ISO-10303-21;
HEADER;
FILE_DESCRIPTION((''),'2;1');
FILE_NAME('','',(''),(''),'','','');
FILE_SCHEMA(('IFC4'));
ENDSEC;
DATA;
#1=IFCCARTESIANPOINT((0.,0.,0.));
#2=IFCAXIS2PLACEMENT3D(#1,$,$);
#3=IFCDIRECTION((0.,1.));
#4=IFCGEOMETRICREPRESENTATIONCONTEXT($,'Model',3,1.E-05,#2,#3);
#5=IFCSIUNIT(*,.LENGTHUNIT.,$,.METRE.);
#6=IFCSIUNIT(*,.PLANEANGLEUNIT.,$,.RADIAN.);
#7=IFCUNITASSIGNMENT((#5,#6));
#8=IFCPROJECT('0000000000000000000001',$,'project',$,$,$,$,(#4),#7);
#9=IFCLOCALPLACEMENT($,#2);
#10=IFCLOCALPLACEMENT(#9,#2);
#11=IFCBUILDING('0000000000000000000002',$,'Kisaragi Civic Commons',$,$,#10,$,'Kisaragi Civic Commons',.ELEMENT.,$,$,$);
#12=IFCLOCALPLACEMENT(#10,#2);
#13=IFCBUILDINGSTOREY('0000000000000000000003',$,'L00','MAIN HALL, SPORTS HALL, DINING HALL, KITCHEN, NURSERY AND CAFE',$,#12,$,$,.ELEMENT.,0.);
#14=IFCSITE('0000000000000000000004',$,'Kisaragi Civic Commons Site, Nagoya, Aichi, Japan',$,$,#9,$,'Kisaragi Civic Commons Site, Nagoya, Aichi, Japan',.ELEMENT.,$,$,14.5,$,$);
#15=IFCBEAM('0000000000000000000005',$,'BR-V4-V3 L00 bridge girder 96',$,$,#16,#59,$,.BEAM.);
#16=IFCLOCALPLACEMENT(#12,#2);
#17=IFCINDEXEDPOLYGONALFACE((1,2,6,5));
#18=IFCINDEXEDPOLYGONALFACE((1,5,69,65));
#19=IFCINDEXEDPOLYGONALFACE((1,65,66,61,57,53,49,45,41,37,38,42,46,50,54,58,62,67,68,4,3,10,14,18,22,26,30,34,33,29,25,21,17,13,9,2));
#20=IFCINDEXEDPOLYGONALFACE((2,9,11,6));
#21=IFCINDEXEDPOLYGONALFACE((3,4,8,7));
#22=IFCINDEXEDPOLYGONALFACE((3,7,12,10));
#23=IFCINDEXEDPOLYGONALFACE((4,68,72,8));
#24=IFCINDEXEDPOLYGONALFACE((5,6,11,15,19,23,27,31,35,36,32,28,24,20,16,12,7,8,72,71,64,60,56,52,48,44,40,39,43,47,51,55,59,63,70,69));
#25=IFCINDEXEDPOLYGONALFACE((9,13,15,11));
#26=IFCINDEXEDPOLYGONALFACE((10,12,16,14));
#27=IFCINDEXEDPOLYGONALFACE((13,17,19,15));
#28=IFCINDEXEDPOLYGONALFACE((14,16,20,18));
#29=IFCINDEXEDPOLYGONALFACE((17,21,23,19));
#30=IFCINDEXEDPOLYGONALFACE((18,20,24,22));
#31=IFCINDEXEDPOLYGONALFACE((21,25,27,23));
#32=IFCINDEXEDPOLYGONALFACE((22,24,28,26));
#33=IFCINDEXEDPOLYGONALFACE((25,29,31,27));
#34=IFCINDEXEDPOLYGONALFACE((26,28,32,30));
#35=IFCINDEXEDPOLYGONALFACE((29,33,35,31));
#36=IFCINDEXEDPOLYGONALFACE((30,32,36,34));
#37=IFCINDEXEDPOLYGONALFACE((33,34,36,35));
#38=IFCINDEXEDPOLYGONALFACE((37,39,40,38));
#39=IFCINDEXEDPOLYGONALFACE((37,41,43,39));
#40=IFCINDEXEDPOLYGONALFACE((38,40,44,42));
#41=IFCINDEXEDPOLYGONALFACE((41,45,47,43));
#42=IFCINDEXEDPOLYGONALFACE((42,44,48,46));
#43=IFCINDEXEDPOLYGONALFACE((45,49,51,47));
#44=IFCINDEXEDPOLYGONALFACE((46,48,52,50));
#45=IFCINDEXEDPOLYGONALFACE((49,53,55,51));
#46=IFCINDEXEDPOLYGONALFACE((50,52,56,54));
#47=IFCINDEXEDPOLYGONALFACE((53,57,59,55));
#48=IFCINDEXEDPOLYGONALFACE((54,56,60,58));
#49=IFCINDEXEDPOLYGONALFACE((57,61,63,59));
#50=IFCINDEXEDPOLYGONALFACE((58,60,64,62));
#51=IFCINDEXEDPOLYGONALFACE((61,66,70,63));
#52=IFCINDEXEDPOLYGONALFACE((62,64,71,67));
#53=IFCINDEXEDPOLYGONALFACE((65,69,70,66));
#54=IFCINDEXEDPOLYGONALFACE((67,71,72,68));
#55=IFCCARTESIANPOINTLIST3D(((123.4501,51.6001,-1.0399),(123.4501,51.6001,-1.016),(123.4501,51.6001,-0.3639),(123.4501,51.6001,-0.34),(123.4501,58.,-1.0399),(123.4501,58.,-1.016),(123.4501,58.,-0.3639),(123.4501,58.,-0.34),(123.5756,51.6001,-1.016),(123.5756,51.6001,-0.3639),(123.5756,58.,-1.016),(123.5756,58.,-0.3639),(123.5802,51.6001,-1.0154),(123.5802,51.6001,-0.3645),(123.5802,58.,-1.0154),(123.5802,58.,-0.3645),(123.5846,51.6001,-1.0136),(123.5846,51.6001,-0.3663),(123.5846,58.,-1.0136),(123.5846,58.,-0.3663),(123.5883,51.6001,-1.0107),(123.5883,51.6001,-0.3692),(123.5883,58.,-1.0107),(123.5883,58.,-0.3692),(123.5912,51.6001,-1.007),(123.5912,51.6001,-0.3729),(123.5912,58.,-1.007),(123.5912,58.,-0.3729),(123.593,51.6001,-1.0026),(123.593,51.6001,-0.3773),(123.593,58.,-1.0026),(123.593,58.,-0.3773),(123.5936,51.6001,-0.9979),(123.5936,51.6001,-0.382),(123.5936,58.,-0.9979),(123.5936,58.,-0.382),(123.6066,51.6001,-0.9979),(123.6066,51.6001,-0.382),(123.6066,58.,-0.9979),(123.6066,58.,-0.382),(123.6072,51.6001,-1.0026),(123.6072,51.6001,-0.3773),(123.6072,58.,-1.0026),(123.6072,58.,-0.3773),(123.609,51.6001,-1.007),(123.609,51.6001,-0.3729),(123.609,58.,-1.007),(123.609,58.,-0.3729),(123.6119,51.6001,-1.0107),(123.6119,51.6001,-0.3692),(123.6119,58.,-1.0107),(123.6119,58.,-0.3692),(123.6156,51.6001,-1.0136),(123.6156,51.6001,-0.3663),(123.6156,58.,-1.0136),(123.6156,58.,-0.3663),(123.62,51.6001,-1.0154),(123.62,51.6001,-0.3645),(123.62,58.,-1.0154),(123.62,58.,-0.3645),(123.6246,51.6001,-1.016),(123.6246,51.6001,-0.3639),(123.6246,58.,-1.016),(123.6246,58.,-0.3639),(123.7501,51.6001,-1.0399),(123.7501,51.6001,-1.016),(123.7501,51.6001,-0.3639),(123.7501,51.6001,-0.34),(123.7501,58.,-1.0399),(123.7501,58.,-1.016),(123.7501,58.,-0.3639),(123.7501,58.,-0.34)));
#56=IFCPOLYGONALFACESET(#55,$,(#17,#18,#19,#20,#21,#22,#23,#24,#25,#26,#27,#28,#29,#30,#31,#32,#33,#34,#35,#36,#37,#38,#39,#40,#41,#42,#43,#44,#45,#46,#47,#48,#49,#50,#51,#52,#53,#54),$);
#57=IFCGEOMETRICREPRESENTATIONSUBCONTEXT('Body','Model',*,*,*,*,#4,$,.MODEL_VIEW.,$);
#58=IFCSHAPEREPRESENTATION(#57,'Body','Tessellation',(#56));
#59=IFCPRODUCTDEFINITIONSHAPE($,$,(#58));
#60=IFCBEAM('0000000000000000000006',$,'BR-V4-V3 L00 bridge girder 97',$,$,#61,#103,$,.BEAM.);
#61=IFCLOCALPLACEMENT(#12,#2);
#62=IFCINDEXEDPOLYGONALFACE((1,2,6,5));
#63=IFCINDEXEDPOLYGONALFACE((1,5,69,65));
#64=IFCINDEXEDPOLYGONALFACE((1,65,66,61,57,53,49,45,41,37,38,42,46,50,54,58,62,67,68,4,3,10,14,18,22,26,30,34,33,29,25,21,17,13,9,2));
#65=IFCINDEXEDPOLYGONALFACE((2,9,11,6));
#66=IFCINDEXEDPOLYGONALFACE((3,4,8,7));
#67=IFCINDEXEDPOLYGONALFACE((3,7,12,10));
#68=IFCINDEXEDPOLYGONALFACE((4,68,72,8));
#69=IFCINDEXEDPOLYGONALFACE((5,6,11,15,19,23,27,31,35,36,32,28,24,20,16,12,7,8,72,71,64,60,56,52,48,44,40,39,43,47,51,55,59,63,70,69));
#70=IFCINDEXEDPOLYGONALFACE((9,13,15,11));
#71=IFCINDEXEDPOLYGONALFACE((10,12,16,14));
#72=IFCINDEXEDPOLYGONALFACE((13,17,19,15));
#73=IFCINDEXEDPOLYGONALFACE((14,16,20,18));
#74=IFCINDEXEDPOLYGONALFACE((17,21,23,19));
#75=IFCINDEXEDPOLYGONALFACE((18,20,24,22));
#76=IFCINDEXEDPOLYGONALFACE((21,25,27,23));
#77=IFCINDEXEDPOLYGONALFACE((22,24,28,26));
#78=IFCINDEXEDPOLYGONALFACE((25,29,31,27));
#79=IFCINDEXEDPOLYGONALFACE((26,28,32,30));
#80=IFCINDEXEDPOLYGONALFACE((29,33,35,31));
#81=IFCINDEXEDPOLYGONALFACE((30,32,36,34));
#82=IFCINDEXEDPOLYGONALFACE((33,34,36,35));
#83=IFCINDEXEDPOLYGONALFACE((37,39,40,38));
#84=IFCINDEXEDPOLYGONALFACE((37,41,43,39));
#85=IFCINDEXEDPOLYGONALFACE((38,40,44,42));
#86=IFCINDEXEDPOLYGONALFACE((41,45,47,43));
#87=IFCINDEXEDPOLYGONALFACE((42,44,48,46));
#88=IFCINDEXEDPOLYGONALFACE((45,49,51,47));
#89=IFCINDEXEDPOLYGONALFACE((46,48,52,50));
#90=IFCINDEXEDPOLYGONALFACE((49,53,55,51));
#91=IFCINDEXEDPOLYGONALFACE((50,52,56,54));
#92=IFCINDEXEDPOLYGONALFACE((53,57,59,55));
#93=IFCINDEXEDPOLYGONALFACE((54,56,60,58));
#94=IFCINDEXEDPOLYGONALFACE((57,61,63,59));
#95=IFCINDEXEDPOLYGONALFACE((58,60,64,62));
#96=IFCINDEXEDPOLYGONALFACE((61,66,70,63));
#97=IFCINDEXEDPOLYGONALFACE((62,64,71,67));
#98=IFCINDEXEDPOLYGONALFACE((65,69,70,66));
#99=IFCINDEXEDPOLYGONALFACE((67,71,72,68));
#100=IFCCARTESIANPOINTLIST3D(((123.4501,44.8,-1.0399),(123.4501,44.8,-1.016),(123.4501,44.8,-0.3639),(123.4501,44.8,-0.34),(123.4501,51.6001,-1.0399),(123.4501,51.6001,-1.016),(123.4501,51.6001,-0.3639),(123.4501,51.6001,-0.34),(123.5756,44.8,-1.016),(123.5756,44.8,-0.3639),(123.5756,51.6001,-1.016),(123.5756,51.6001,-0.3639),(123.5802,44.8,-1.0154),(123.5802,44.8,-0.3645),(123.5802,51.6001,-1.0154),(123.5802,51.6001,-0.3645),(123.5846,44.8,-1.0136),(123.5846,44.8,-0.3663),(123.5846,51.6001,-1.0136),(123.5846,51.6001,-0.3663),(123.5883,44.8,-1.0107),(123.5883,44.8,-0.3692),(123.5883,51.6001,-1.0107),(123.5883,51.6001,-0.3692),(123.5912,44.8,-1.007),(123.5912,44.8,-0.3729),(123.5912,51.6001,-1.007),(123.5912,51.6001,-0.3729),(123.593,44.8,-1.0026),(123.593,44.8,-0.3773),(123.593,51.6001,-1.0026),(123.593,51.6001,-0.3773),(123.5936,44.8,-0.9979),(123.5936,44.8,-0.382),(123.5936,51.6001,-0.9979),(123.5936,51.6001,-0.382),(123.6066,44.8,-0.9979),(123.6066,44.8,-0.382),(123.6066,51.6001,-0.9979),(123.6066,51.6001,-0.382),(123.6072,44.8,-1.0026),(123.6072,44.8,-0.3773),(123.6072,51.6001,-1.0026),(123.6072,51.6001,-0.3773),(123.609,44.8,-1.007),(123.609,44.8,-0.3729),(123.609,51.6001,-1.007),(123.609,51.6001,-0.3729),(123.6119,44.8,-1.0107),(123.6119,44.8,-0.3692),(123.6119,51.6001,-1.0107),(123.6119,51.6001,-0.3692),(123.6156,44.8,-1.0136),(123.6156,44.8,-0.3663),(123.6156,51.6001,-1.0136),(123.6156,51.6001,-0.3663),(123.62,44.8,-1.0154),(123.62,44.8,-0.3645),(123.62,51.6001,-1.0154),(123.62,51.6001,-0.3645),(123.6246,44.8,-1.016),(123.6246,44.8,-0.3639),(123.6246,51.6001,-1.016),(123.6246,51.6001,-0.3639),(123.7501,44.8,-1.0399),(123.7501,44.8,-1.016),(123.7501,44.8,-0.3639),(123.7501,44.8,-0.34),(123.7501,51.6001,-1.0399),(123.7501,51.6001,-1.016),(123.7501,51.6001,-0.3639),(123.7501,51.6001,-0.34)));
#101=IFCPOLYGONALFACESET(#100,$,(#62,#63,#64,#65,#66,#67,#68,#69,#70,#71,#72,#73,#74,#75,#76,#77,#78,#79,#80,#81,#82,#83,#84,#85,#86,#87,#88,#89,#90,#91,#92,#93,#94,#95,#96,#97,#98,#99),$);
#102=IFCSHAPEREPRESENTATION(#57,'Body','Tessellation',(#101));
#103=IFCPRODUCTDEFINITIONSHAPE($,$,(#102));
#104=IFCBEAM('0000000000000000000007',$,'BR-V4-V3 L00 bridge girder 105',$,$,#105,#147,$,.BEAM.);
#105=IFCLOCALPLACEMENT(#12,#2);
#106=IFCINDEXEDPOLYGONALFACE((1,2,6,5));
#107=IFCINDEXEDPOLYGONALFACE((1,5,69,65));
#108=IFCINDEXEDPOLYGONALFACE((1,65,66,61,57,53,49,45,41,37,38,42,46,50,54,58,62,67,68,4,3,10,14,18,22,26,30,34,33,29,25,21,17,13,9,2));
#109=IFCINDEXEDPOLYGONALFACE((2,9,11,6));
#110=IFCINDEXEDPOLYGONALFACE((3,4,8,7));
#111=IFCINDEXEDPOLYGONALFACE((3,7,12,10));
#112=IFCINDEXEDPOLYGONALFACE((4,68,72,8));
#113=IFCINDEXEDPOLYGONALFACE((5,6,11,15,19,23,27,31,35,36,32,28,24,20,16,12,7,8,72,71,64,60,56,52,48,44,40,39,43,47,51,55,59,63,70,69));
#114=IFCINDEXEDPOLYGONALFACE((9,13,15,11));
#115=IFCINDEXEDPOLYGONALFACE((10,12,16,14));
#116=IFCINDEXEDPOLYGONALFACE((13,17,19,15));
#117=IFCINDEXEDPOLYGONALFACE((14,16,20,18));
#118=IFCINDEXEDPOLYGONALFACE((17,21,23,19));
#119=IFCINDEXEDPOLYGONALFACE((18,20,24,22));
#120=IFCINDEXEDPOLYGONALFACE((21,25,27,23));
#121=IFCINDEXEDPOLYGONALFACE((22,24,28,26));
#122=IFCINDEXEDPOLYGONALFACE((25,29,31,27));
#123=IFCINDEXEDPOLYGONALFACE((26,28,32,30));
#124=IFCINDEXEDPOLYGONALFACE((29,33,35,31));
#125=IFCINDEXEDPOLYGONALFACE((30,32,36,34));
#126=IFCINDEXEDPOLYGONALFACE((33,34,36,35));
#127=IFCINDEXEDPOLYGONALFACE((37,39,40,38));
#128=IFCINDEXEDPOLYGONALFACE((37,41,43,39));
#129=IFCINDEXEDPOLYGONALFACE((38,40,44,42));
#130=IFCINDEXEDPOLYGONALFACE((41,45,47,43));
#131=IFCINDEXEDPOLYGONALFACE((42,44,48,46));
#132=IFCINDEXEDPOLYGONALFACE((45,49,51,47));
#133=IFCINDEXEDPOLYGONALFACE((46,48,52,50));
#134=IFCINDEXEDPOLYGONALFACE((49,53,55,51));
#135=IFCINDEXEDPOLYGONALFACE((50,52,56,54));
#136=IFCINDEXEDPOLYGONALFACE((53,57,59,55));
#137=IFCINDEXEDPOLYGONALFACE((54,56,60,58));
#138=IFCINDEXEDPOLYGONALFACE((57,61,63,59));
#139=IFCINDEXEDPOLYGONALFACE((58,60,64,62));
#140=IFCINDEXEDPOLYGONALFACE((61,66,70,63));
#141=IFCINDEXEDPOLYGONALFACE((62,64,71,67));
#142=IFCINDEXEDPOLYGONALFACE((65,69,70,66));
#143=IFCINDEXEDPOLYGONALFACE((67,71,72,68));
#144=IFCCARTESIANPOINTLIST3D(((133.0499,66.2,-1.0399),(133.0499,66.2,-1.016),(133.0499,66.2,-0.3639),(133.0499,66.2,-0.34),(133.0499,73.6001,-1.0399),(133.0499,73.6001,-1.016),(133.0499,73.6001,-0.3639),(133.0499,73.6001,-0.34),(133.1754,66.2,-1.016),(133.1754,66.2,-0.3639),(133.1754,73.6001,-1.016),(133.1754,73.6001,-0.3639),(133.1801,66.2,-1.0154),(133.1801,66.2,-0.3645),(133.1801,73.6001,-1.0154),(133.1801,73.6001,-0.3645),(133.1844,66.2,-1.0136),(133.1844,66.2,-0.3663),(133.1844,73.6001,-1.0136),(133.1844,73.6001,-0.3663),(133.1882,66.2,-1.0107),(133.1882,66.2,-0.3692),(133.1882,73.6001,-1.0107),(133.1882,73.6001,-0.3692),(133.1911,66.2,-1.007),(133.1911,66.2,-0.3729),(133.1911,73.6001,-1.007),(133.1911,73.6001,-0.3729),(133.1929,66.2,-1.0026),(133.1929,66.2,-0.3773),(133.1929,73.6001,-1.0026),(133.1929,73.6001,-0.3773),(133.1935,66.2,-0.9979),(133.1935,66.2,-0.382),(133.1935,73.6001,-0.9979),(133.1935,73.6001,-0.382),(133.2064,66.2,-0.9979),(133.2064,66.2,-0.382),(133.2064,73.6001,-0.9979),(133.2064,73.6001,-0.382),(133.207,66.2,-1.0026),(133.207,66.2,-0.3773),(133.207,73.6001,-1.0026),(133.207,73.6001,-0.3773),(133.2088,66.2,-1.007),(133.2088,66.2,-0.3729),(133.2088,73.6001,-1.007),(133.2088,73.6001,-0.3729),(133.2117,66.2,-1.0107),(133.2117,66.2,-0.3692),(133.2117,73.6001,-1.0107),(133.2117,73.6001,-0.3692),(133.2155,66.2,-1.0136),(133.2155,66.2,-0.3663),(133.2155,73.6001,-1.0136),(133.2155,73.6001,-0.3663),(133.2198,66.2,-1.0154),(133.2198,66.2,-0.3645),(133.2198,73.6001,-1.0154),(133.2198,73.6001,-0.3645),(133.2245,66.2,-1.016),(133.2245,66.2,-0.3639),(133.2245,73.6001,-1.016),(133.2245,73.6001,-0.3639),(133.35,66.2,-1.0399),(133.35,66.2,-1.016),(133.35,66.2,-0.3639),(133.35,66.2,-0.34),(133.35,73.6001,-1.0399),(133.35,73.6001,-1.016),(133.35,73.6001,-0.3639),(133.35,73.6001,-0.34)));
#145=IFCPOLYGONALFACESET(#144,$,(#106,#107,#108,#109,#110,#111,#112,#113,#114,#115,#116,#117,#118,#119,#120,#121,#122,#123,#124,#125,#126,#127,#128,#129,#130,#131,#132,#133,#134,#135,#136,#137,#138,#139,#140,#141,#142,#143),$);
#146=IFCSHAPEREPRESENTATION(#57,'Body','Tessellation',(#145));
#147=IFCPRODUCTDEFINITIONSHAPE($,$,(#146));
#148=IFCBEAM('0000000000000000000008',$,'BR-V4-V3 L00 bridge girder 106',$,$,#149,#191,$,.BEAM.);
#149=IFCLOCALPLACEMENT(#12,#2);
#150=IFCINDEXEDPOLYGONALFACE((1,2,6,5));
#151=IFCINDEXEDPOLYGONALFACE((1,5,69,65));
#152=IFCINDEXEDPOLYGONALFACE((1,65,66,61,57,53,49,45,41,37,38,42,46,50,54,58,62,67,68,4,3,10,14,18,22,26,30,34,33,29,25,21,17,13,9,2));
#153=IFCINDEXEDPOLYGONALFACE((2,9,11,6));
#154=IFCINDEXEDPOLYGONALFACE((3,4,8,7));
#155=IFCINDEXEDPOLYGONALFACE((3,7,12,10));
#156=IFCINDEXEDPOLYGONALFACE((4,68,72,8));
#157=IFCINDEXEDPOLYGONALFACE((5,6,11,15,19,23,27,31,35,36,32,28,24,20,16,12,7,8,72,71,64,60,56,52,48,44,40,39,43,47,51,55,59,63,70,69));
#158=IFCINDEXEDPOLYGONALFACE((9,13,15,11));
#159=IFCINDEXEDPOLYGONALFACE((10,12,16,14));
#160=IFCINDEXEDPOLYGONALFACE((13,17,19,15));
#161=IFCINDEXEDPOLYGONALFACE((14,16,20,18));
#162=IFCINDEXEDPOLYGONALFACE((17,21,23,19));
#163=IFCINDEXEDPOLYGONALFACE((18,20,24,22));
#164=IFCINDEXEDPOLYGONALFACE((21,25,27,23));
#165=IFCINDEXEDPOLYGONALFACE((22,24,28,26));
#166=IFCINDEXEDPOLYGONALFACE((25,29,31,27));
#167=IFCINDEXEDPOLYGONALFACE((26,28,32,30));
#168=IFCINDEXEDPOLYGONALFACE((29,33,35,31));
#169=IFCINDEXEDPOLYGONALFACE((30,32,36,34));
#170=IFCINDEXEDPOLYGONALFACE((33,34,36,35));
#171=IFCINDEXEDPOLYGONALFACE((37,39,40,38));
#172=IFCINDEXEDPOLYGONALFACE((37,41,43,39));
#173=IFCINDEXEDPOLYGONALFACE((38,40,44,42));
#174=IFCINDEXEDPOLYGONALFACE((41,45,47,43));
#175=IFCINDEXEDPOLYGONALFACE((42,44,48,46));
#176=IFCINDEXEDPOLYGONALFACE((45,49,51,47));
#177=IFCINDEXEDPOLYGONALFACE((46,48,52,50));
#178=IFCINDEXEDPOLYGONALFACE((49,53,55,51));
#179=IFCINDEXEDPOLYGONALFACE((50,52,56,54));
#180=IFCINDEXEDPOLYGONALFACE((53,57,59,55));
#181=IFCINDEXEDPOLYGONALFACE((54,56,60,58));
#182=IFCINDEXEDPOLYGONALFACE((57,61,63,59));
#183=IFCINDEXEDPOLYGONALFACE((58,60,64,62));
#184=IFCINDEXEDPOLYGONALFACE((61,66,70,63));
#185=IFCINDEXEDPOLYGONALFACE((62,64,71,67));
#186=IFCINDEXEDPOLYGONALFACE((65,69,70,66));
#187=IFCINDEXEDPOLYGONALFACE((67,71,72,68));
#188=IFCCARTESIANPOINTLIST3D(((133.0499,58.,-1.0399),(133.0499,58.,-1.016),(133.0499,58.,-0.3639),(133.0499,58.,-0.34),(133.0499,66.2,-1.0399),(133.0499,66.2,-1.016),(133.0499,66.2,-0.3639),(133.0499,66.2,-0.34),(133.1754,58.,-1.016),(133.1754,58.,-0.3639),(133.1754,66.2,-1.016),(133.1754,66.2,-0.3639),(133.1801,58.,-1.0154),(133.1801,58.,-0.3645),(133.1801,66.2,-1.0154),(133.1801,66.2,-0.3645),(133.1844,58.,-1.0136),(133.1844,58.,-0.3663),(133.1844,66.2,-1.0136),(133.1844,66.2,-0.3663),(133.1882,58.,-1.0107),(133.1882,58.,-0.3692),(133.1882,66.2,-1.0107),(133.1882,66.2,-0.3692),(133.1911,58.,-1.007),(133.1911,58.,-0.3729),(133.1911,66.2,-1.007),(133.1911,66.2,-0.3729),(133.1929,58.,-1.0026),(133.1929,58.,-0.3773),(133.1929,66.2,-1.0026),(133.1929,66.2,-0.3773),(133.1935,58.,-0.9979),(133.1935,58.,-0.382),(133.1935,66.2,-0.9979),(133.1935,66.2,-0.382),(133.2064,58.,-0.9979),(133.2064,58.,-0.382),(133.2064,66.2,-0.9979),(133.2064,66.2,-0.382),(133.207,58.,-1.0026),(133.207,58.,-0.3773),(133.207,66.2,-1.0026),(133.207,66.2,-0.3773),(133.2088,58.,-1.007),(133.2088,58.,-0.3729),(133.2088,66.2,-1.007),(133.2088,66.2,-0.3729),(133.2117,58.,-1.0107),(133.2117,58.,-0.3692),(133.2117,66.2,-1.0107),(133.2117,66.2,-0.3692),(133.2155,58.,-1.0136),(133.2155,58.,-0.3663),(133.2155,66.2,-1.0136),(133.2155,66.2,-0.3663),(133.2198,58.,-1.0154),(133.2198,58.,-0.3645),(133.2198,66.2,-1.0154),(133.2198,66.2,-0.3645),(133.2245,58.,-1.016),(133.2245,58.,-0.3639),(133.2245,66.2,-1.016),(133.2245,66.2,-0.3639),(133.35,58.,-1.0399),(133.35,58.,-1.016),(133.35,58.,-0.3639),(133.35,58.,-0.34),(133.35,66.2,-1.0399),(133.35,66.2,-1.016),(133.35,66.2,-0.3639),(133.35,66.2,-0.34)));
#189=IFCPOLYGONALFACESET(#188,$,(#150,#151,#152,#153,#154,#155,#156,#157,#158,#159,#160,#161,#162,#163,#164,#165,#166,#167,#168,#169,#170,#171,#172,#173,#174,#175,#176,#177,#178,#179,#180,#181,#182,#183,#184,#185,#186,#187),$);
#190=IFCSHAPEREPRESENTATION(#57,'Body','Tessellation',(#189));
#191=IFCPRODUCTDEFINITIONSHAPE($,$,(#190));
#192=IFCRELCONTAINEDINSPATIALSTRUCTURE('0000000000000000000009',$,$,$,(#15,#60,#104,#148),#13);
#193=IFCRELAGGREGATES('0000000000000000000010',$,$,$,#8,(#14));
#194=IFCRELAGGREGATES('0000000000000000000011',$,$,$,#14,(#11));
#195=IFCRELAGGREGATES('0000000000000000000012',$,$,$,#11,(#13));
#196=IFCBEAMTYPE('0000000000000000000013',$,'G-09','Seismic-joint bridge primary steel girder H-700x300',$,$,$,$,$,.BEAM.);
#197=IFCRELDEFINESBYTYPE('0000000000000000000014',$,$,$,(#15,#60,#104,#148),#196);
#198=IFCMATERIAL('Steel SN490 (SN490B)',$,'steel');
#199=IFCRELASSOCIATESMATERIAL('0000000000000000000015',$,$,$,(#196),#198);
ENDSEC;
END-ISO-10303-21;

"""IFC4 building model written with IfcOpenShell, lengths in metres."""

from ifc_helpers import new_model, si_unit, direction, frame, origin, origin_2d, place, context, subcontext, project, spatial, i_section, extrude, material, material_profile, profile_set, type_object, element, save


model = new_model("IFC4")

# Units and contexts
model_context = context("Model", 3, precision=1e-05, world=origin(), true_north=direction((0.0, 1.0)))
body_context = subcontext(model_context, "Body", "Model", "MODEL_VIEW")
ifc_project = project(units=[si_unit("LENGTHUNIT", "METRE"), si_unit("PLANEANGLEUNIT", "RADIAN")], contexts=[model_context])

# Site, building, storey
site_placement = place(None, origin())
site = spatial("IfcSite", under=ifc_project, at=site_placement, Name="Kisaragi Civic Commons Site, Nagoya, Aichi, Japan", LongName="Kisaragi Civic Commons Site, Nagoya, Aichi, Japan", CompositionType="ELEMENT", RefElevation=14.5)
building_placement = place(site_placement, origin())
building = spatial("IfcBuilding", under=site, at=building_placement, Name="Kisaragi Civic Commons", LongName="Kisaragi Civic Commons", CompositionType="ELEMENT")
storey_placement = place(building_placement, origin())
storey = spatial("IfcBuildingStorey", under=building, at=storey_placement, Name="L00", Description="MAIN HALL, SPORTS HALL, DINING HALL, KITCHEN, NURSERY AND CAFE", CompositionType="ELEMENT", Elevation=0.0)

# Beams
ifc_material_1 = material(Name="Steel SN490 (SN490B)", Category="steel")
ifc_material_profile_1 = material_profile(ifc_material_1, i_section(OverallWidth=0.3, OverallDepth=0.7, WebThickness=0.0129, FlangeThickness=0.0239, FilletRadius=0.0181, at=origin_2d()), Name="H-700x300x13x24", Category="steel")
ifc_profile_set_1 = profile_set([ifc_material_profile_1], Name="Steel SN490 (SN490B)")
beam_type_1 = type_object("IfcBeamType", Name="G-09", Description="Seismic-joint bridge primary steel girder H-700x300", PredefinedType="BEAM", material=ifc_profile_set_1)
beam_1_placement = place(storey_placement, frame((123.6001, 58.0, -0.6899), z_axis=(0.0, -1.0, 0.0), x_axis=(1.0, 0.0, 0.0)))
element("IfcBeam", 1, at=beam_1_placement, inside=storey, type_object=beam_type_1, Name="BR-V4-V3 L00 bridge girder 96", PredefinedType="BEAM", context=body_context, shape_type="SweptSolid", body=[
    extrude(i_section(OverallWidth=0.3, OverallDepth=0.7, WebThickness=0.0129, FlangeThickness=0.0239, FilletRadius=0.0181, at=origin_2d()), origin(), (0.0, 0.0, 1.0), 6.3999),
])
beam_2_placement = place(storey_placement, frame((123.6001, 51.6001, -0.6899), z_axis=(0.0, -1.0, 0.0), x_axis=(1.0, 0.0, 0.0)))
element("IfcBeam", 2, at=beam_2_placement, inside=storey, type_object=beam_type_1, Name="BR-V4-V3 L00 bridge girder 97", PredefinedType="BEAM", context=body_context, shape_type="SweptSolid", body=[
    extrude(i_section(OverallWidth=0.3, OverallDepth=0.7, WebThickness=0.0129, FlangeThickness=0.0239, FilletRadius=0.0181, at=origin_2d()), origin(), (0.0, 0.0, 1.0), 6.8),
])
beam_3_placement = place(storey_placement, frame((133.2, 73.6001, -0.6899), z_axis=(0.0, -1.0, 0.0), x_axis=(1.0, 0.0, 0.0)))
element("IfcBeam", 3, at=beam_3_placement, inside=storey, type_object=beam_type_1, Name="BR-V4-V3 L00 bridge girder 105", PredefinedType="BEAM", context=body_context, shape_type="SweptSolid", body=[
    extrude(i_section(OverallWidth=0.3, OverallDepth=0.7, WebThickness=0.0129, FlangeThickness=0.0239, FilletRadius=0.0181, at=origin_2d()), origin(), (0.0, 0.0, 1.0), 7.4001),
])
beam_4_placement = place(storey_placement, frame((133.2, 66.2, -0.6899), z_axis=(0.0, -1.0, 0.0), x_axis=(1.0, 0.0, 0.0)))
element("IfcBeam", 4, at=beam_4_placement, inside=storey, type_object=beam_type_1, Name="BR-V4-V3 L00 bridge girder 106", PredefinedType="BEAM", context=body_context, shape_type="SweptSolid", body=[
    extrude(i_section(OverallWidth=0.3, OverallDepth=0.7, WebThickness=0.0129, FlangeThickness=0.0239, FilletRadius=0.0181, at=origin_2d()), origin(), (0.0, 0.0, 1.0), 8.2),
])

save(model, "model.ifc")
